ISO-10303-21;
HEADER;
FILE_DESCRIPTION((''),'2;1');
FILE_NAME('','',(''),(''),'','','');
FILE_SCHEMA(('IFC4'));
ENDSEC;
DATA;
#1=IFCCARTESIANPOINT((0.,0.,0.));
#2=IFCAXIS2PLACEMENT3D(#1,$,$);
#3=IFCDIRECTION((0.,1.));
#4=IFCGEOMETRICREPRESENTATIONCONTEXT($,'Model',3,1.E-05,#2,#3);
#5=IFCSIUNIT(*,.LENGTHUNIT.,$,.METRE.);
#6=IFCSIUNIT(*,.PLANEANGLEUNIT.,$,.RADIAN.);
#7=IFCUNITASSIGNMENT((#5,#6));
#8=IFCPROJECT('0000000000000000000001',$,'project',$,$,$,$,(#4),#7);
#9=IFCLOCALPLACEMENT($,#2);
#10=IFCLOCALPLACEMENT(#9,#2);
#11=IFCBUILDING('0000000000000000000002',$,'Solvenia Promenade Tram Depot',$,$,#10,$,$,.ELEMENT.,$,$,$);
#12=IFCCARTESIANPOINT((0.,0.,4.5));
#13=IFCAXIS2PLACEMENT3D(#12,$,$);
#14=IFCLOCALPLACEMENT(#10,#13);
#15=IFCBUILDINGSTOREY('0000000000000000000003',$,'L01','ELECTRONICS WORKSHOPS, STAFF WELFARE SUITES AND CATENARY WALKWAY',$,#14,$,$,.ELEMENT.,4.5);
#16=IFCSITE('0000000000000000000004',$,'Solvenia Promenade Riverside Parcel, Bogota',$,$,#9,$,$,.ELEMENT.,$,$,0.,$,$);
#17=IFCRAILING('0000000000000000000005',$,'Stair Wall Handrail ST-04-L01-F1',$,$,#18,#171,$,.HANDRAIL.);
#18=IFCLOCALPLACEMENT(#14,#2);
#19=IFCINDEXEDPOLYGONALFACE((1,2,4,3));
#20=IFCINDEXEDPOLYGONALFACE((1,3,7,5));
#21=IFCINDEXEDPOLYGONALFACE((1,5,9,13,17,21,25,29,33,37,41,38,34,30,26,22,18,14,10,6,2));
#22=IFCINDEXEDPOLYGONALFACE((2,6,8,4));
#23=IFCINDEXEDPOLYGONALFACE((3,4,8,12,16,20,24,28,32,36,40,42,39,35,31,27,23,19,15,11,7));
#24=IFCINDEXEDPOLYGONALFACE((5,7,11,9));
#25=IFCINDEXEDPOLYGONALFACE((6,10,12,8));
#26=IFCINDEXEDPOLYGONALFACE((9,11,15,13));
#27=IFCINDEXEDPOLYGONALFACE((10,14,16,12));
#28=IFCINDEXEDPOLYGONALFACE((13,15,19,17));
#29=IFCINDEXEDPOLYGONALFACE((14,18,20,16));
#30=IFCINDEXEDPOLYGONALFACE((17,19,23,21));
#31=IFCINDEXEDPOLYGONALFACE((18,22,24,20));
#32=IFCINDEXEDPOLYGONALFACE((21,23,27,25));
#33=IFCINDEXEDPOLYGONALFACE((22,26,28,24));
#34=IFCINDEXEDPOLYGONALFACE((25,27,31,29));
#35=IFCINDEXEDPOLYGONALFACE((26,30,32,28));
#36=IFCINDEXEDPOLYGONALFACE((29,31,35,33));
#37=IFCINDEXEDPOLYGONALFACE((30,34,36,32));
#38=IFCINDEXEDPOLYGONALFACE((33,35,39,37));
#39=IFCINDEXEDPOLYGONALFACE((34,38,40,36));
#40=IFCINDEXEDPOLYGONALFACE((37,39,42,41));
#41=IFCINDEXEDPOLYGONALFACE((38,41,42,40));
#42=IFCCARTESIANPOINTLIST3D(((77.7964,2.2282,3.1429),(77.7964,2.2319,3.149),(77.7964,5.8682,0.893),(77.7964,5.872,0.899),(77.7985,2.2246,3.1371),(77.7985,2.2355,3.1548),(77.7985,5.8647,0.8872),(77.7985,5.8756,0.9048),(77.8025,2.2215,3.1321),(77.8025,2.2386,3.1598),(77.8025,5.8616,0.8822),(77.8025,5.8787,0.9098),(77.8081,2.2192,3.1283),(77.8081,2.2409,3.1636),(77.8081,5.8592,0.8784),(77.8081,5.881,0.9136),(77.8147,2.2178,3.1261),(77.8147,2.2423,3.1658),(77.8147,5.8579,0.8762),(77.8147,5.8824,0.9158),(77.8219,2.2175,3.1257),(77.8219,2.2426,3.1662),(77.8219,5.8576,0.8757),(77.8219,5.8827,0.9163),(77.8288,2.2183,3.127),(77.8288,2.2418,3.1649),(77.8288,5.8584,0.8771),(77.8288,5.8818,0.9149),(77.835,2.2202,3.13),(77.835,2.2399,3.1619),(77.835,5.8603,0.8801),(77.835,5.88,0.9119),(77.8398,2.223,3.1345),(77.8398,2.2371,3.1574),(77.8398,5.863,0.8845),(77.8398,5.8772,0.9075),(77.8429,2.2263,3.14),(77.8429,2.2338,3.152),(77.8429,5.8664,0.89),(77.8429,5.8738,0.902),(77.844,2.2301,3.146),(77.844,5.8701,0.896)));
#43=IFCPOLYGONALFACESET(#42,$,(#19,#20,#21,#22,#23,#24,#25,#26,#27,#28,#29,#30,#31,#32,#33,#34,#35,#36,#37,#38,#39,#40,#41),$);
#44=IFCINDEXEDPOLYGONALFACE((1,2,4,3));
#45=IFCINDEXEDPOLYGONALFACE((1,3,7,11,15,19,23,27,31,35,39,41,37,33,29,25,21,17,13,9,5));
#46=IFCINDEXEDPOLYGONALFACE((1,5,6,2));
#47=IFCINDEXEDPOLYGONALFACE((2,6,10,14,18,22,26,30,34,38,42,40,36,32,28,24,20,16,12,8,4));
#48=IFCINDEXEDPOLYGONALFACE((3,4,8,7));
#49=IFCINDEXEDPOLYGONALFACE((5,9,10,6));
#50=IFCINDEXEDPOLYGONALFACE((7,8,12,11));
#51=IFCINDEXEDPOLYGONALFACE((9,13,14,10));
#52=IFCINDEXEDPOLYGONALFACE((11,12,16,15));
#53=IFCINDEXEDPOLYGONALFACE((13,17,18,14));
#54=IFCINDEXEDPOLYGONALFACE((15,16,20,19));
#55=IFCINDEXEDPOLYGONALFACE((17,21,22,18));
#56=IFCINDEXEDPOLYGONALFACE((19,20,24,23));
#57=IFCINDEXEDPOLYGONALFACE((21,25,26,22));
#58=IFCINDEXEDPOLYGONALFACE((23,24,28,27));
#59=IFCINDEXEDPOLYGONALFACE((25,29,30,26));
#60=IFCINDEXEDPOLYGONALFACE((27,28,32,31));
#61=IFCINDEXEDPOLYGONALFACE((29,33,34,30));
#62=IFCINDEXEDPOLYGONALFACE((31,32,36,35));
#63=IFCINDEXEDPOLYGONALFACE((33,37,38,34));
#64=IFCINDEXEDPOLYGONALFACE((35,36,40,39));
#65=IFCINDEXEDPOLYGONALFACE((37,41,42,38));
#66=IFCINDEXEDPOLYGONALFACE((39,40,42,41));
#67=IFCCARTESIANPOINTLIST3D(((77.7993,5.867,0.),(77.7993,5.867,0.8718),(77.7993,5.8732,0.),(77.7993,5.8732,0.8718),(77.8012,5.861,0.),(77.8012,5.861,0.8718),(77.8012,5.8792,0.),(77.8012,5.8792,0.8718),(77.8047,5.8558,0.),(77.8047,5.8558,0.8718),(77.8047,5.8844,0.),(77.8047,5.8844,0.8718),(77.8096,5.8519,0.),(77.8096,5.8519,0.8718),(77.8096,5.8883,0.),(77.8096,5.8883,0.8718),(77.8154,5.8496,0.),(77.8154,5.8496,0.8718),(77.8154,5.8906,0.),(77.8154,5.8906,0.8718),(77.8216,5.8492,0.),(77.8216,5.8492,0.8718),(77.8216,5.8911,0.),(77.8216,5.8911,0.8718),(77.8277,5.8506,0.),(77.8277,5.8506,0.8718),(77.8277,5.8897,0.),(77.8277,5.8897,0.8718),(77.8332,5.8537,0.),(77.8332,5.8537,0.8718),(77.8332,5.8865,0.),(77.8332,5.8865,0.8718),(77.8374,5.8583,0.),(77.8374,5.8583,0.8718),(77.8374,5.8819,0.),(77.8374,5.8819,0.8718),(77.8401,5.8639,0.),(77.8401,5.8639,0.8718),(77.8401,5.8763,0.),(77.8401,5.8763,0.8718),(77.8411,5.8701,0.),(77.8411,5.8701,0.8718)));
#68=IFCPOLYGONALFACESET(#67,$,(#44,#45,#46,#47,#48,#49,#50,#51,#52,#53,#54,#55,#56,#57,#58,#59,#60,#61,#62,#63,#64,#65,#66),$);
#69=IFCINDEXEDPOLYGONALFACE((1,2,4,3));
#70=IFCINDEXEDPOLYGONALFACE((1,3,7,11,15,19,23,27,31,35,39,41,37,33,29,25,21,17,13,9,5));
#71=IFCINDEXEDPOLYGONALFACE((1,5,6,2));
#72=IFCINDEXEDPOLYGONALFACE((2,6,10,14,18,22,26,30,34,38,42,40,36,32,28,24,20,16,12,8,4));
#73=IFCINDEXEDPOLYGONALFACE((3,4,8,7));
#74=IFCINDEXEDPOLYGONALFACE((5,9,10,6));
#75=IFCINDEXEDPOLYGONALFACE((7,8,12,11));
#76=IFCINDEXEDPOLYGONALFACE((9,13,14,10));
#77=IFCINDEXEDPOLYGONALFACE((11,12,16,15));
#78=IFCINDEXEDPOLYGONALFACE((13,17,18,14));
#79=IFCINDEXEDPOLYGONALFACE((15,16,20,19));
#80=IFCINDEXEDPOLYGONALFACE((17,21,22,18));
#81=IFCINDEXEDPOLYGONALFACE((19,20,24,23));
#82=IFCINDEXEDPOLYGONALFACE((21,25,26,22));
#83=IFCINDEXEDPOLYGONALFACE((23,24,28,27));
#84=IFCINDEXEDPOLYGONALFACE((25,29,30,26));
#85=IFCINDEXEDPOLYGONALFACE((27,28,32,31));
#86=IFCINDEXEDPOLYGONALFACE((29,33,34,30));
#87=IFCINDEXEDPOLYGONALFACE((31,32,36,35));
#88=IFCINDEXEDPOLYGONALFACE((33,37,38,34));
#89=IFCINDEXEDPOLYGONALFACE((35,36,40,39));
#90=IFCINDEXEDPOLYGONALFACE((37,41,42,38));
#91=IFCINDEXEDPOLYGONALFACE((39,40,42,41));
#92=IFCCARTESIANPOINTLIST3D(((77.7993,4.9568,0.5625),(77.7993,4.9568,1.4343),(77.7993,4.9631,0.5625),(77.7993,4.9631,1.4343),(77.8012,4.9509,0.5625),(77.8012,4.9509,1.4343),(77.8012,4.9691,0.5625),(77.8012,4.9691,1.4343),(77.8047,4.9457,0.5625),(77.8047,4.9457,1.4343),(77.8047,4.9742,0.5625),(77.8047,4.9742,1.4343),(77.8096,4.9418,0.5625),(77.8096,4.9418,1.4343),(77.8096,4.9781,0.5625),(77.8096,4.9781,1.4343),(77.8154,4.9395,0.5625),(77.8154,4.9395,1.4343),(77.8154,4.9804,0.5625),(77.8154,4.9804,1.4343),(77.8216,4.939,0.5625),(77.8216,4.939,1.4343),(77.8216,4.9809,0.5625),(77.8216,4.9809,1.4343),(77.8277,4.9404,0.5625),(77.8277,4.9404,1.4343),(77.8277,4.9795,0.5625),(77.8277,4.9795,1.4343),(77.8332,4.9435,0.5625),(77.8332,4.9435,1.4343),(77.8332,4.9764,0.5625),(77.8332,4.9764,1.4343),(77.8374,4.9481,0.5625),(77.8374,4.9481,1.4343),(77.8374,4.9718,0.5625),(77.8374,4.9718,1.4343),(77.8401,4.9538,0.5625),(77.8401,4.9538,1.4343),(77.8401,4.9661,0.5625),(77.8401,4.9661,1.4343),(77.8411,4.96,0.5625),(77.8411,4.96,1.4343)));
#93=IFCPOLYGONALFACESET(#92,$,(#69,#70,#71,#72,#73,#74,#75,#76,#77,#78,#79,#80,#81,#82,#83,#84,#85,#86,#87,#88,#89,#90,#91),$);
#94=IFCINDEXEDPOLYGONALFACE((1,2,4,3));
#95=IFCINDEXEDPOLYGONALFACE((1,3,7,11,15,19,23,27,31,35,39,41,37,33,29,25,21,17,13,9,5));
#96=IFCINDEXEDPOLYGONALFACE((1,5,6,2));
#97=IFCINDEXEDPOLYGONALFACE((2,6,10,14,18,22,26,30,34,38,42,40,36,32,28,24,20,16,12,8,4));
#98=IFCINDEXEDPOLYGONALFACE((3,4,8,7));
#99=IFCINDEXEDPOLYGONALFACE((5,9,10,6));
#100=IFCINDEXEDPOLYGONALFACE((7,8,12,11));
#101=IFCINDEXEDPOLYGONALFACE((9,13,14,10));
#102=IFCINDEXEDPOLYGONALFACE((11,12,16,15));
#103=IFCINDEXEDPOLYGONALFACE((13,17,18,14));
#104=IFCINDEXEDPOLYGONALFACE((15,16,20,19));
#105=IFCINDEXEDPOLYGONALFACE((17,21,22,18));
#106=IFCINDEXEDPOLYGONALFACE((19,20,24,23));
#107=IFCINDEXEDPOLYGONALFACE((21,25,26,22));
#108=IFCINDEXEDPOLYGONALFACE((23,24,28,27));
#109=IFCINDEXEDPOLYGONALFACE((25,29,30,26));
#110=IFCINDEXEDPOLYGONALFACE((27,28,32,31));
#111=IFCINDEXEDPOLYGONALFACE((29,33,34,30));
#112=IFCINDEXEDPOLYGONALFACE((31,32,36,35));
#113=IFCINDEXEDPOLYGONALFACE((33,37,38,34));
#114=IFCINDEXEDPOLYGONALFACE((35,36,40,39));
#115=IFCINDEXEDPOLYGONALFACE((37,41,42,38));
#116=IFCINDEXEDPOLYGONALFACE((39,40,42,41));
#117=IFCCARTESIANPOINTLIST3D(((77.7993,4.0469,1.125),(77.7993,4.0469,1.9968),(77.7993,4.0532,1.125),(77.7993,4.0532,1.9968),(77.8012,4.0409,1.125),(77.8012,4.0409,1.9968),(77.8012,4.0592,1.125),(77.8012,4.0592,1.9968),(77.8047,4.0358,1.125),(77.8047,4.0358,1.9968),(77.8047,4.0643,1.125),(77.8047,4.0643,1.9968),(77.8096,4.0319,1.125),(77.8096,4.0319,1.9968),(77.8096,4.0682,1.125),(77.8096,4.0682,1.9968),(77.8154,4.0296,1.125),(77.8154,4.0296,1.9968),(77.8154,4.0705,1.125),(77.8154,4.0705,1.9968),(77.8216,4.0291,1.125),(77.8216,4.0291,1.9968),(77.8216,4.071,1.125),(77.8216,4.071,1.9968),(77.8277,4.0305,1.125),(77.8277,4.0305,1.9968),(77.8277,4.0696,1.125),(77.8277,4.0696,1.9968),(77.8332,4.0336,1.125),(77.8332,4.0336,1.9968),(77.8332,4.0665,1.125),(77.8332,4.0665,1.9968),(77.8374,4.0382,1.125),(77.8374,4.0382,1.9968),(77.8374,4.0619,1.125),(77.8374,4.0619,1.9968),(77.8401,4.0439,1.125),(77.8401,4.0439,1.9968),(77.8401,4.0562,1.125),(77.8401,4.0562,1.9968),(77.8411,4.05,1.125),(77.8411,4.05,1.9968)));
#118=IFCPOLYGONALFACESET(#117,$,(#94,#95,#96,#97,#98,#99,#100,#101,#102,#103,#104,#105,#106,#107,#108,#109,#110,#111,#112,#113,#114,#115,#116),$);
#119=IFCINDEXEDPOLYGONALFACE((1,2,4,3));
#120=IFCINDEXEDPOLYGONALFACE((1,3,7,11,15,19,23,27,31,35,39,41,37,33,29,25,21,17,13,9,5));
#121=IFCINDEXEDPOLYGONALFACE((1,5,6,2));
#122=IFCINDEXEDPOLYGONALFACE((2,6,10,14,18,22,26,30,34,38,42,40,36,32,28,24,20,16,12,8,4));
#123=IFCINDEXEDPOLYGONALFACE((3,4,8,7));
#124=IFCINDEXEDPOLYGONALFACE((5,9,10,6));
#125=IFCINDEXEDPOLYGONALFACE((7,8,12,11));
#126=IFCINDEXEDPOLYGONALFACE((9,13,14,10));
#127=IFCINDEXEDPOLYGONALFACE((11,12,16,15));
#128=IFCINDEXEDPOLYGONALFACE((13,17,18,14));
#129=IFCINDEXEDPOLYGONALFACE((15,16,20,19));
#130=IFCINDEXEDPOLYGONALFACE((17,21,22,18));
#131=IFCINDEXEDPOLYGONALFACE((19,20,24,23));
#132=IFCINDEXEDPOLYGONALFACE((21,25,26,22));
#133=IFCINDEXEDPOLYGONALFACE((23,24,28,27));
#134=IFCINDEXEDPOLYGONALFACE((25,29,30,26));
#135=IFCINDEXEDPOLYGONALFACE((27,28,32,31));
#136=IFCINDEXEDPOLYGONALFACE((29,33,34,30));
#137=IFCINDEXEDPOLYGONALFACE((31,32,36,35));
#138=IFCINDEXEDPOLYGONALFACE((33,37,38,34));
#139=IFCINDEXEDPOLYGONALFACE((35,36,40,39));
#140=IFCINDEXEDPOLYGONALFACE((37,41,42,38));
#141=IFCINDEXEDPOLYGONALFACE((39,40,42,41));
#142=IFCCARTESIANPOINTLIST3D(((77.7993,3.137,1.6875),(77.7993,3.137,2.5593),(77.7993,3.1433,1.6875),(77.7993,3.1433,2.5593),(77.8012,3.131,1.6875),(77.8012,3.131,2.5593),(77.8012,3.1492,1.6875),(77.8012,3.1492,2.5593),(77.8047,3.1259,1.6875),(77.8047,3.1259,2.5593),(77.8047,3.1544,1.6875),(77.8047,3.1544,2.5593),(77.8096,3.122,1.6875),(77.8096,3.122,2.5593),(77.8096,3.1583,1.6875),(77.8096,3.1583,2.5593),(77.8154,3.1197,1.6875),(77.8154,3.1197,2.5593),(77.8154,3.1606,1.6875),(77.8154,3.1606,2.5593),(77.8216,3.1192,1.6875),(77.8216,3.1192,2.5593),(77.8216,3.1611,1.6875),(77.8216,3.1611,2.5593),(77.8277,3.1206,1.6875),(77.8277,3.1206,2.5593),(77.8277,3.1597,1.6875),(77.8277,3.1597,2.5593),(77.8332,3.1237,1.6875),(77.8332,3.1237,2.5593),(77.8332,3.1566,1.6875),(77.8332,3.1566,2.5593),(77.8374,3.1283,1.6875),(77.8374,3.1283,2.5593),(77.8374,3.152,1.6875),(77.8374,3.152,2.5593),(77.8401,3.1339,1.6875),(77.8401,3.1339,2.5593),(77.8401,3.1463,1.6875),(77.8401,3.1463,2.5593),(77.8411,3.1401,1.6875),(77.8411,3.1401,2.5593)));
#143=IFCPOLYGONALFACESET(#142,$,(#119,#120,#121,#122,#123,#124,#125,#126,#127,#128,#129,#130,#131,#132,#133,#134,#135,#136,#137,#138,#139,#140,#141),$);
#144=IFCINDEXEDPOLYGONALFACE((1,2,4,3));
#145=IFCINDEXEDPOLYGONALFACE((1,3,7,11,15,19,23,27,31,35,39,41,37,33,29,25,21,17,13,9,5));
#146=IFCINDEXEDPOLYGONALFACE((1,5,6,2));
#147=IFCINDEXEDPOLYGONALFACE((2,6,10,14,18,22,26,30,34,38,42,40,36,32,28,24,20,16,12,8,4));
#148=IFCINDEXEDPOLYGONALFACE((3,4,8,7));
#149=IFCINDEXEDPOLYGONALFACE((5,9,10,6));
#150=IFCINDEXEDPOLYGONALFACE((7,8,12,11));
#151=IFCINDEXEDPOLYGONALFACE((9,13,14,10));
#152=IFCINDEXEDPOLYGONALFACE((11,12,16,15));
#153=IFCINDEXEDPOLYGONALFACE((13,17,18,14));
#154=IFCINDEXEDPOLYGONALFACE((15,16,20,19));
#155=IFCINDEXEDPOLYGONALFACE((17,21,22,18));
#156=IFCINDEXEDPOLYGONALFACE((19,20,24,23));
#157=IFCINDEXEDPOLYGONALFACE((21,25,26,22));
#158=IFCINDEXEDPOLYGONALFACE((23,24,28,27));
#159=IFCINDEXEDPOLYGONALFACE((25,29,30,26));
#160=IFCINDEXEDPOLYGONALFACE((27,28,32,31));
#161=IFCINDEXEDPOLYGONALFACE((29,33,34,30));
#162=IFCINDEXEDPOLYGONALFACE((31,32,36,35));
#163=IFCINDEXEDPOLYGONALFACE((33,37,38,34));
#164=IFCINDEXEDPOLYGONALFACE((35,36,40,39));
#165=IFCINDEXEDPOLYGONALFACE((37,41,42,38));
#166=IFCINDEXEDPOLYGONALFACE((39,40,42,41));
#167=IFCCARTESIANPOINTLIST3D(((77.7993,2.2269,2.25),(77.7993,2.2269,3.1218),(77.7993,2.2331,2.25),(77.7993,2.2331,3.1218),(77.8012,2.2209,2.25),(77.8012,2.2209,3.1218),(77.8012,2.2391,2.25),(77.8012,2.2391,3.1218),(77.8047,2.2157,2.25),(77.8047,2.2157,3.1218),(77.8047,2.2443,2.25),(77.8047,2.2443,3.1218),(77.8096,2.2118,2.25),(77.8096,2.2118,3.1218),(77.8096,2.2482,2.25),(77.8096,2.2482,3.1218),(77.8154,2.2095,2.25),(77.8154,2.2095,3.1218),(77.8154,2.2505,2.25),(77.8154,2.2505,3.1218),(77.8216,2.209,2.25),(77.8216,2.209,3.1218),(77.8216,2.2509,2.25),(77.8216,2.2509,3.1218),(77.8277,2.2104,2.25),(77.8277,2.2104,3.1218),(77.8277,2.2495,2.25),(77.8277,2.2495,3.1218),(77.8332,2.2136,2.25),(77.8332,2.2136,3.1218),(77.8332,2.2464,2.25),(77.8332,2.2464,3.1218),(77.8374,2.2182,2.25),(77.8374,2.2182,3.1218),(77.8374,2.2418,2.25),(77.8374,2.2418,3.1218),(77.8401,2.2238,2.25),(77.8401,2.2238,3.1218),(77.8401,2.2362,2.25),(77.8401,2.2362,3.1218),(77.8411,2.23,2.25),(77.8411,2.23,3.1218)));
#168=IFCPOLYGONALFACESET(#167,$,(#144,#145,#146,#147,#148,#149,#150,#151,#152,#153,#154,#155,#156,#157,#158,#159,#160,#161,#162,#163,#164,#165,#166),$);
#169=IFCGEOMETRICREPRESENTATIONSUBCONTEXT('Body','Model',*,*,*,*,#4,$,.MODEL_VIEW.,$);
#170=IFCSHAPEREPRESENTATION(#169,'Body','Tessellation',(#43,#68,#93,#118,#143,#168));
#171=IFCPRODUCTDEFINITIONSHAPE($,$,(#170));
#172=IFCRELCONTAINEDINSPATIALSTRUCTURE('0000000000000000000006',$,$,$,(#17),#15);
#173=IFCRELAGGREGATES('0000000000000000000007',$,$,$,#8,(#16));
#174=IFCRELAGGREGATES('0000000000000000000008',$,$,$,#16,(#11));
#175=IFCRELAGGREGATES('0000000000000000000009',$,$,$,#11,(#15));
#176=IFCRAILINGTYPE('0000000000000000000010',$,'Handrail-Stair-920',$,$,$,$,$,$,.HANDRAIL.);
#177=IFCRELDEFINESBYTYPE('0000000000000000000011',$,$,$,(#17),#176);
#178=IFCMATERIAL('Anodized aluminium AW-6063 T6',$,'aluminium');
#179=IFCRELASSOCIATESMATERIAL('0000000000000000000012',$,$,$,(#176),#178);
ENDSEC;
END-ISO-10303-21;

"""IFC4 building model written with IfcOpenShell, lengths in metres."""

from ifc_helpers import new_model, si_unit, direction, frame, origin, origin_2d, place, context, subcontext, project, spatial, circle, extrude, material, type_object, element, save


model = new_model("IFC4")

# Units and contexts
model_context = context("Model", 3, precision=1e-05, world=origin(), true_north=direction((0.0, 1.0)))
body_context = subcontext(model_context, "Body", "Model", "MODEL_VIEW")
ifc_project = project(units=[si_unit("LENGTHUNIT", "METRE"), si_unit("PLANEANGLEUNIT", "RADIAN")], contexts=[model_context])

# Site, building, storey
site_placement = place(None, origin())
site = spatial("IfcSite", under=ifc_project, at=site_placement, Name="Solvenia Promenade Riverside Parcel, Bogota", CompositionType="ELEMENT", RefElevation=0.0)
building_placement = place(site_placement, origin())
building = spatial("IfcBuilding", under=site, at=building_placement, Name="Solvenia Promenade Tram Depot", CompositionType="ELEMENT")
storey_placement = place(building_placement, frame((0.0, 0.0, 4.5)))
storey = spatial("IfcBuildingStorey", under=building, at=storey_placement, Name="L01", Description="ELECTRONICS WORKSHOPS, STAFF WELFARE SUITES AND CATENARY WALKWAY", CompositionType="ELEMENT", Elevation=4.5)

# Shared definitions
ifc_material_1 = material(Name="Anodized aluminium AW-6063 T6", Category="aluminium")

# Railing
railing_type_1 = type_object("IfcRailingType", Name="Handrail-Stair-920", PredefinedType="HANDRAIL", material=ifc_material_1)
railing_1_placement = place(storey_placement, frame((77.8201, 5.8701, 0.0)))
element("IfcRailing", 1, at=railing_1_placement, inside=storey, type_object=railing_type_1, Name="Stair Wall Handrail ST-04-L01-F1", PredefinedType="HANDRAIL", context=body_context, shape_type="SweptSolid", body=[
    extrude(circle(Radius=0.0239, at=origin_2d()), frame((0.0, 0.0, 0.896), z_axis=(0.0, -0.850622, 0.525777), x_axis=(1.0, 0.0, 0.0)), (0.0, 0.0, 1.0), 4.2793),
    extrude(circle(Radius=0.021, at=origin_2d()), origin(), (0.0, 0.0, 1.0), 0.8718),
    extrude(circle(Radius=0.021, at=origin_2d()), frame((0.0, -0.9102, 0.5625)), (0.0, 0.0, 1.0), 0.8718),
    extrude(circle(Radius=0.021, at=origin_2d()), frame((0.0, -1.8201, 1.125)), (0.0, 0.0, 1.0), 0.8718),
    extrude(circle(Radius=0.021, at=origin_2d()), frame((0.0, -2.73, 1.6875)), (0.0, 0.0, 1.0), 0.8718),
    extrude(circle(Radius=0.021, at=origin_2d()), frame((0.0, -3.6401, 2.25)), (0.0, 0.0, 1.0), 0.8718),
])

save(model, "model.ifc")
